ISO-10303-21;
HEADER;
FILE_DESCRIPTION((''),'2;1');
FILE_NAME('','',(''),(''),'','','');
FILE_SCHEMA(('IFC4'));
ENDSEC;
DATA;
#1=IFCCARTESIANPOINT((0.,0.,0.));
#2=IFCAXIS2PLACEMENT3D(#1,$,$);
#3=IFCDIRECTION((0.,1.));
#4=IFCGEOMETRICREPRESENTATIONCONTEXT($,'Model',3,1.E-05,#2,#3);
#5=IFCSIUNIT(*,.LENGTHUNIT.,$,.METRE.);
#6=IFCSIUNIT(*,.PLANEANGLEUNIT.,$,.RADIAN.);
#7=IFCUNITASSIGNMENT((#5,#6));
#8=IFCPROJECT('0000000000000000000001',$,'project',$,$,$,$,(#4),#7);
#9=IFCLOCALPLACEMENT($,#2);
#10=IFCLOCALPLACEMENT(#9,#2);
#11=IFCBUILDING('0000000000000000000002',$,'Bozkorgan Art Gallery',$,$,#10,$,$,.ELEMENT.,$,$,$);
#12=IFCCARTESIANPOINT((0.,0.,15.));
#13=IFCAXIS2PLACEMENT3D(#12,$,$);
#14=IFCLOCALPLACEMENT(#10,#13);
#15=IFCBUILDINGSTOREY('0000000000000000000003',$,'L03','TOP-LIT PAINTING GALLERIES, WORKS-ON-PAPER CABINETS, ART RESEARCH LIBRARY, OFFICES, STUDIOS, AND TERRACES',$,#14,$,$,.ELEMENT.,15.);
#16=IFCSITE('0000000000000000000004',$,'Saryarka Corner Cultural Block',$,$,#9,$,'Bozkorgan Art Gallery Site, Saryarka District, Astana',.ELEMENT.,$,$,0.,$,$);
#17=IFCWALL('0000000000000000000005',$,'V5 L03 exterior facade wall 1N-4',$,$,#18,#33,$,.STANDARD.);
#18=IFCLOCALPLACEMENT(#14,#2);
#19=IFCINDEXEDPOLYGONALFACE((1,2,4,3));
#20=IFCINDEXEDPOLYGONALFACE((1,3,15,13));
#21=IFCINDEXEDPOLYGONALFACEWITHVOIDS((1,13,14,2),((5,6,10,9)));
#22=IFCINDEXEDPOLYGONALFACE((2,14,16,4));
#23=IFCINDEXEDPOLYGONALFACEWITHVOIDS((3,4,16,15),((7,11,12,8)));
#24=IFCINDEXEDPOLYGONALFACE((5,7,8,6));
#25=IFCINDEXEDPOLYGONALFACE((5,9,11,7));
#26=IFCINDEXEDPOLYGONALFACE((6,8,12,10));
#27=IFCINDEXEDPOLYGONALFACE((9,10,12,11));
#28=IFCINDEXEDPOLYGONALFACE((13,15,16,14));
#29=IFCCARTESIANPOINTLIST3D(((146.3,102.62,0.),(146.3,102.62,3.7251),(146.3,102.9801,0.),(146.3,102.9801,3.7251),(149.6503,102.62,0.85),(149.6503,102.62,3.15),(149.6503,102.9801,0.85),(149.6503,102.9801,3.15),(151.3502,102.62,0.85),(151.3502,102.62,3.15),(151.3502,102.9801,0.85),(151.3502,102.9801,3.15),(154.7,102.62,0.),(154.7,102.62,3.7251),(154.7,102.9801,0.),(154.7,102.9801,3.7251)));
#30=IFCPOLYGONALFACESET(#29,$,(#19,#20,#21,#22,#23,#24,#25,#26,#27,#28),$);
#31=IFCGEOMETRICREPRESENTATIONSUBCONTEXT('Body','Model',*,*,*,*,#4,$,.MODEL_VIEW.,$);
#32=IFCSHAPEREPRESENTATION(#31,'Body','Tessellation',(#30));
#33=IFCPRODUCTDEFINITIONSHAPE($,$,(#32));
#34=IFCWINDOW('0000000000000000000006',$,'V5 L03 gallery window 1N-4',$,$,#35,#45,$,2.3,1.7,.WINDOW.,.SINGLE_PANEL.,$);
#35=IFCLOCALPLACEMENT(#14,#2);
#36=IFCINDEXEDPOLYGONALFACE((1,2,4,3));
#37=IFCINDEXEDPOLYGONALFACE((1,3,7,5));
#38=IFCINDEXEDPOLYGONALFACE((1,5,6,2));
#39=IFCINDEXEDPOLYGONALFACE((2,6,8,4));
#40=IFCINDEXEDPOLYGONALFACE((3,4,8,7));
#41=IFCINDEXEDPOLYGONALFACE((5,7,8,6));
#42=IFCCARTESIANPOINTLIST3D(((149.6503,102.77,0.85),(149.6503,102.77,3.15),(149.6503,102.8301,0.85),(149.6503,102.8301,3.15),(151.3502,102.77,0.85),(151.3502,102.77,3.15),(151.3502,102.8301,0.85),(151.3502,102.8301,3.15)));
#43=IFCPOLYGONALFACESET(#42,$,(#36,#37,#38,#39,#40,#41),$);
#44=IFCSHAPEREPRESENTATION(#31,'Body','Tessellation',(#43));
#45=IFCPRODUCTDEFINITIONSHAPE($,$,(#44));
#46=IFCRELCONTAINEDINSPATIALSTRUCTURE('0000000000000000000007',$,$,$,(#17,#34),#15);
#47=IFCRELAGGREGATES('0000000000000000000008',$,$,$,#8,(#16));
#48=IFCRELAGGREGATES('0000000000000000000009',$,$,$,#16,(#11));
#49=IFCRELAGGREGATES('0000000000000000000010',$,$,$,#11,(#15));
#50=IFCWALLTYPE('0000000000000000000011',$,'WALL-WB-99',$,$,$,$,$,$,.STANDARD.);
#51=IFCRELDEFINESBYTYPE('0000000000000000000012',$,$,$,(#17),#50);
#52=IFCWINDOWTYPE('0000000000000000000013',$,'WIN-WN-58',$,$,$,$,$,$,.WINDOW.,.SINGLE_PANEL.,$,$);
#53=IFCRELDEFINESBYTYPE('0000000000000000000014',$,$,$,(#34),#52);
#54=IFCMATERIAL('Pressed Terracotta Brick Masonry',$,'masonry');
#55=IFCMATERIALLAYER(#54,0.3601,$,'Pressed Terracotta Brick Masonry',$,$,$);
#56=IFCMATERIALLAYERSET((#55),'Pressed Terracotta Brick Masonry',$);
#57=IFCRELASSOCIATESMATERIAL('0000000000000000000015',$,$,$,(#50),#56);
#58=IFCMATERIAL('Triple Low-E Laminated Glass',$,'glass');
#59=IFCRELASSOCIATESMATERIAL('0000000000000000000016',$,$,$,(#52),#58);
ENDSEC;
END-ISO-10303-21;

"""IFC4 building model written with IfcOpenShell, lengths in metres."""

from ifc_helpers import new_model, si_unit, direction, frame, frame_2d, origin, place, context, subcontext, project, spatial, rectangle, extrude, material, layer, layer_set, type_object, element, fill, save


model = new_model("IFC4")

# Units and contexts
model_context = context("Model", 3, precision=1e-05, world=origin(), true_north=direction((0.0, 1.0)))
body_context = subcontext(model_context, "Body", "Model", "MODEL_VIEW")
ifc_project = project(units=[si_unit("LENGTHUNIT", "METRE"), si_unit("PLANEANGLEUNIT", "RADIAN")], contexts=[model_context])

# Site, building, storey
site_placement = place(None, origin())
site = spatial("IfcSite", under=ifc_project, at=site_placement, Name="Saryarka Corner Cultural Block", LongName="Bozkorgan Art Gallery Site, Saryarka District, Astana", CompositionType="ELEMENT", RefElevation=0.0)
building_placement = place(site_placement, origin())
building = spatial("IfcBuilding", under=site, at=building_placement, Name="Bozkorgan Art Gallery", CompositionType="ELEMENT")
storey_placement = place(building_placement, frame((0.0, 0.0, 15.0)))
storey = spatial("IfcBuildingStorey", under=building, at=storey_placement, Name="L03", Description="TOP-LIT PAINTING GALLERIES, WORKS-ON-PAPER CABINETS, ART RESEARCH LIBRARY, OFFICES, STUDIOS, AND TERRACES", CompositionType="ELEMENT", Elevation=15.0)

# Wall, opening, window
ifc_material_1 = material(Name="Pressed Terracotta Brick Masonry", Category="masonry")
ifc_layer_1 = layer(ifc_material_1, 0.3601, Name="Pressed Terracotta Brick Masonry")
ifc_layer_set_1 = layer_set([ifc_layer_1], Name="Pressed Terracotta Brick Masonry")
wall_type = type_object("IfcWallType", Name="WALL-WB-99", PredefinedType="STANDARD", material=ifc_layer_set_1)
wall_placement = place(storey_placement, frame((146.3, 102.8, 0.0), z_axis=(0.0, 0.0, 1.0), x_axis=(1.0, 0.0, 0.0)))
wall = element("IfcWall", 1, at=wall_placement, inside=storey, type_object=wall_type, Name="V5 L03 exterior facade wall 1N-4", PredefinedType="STANDARD", context=body_context, shape_type="SweptSolid", body=[
    extrude(rectangle(XDim=8.3999, YDim=0.3601, at=frame_2d((4.2, 0.0))), origin(), (0.0, 0.0, 1.0), 3.7251),
])
opening_placement = place(wall_placement, frame((3.3501, 0.0, 0.8501)))
opening = element("IfcOpeningElement", 2, at=opening_placement, cuts=wall, PredefinedType="OPENING", context=body_context, shape_type="SweptSolid", body=[
    extrude(rectangle(XDim=1.7, YDim=2.3, at=frame_2d((0.8501, 1.1499))), frame((0.0, 0.1899, 0.0), z_axis=(0.0, -1.0, 0.0), x_axis=(1.0, 0.0, 0.0)), (0.0, 0.0, 1.0), 0.3801),
])
ifc_material_2 = material(Name="Triple Low-E Laminated Glass", Category="glass")
window_type = type_object("IfcWindowType", Name="WIN-WN-58", PartitioningType="SINGLE_PANEL", PredefinedType="WINDOW", material=ifc_material_2)
window_placement = place(opening_placement, origin())
window = element("IfcWindow", 3, at=window_placement, inside=storey, type_object=window_type, Name="V5 L03 gallery window 1N-4", OverallHeight=2.3, OverallWidth=1.7, PartitioningType="SINGLE_PANEL", PredefinedType="WINDOW", context=body_context, shape_type="SweptSolid", body=[
    extrude(rectangle(XDim=1.7, YDim=2.3, at=frame_2d((0.8501, 1.1499))), frame((0.0, 0.03, 0.0), z_axis=(0.0, -1.0, 0.0), x_axis=(1.0, 0.0, 0.0)), (0.0, 0.0, 1.0), 0.0601),
])
fill(opening, window)

save(model, "model.ifc")
